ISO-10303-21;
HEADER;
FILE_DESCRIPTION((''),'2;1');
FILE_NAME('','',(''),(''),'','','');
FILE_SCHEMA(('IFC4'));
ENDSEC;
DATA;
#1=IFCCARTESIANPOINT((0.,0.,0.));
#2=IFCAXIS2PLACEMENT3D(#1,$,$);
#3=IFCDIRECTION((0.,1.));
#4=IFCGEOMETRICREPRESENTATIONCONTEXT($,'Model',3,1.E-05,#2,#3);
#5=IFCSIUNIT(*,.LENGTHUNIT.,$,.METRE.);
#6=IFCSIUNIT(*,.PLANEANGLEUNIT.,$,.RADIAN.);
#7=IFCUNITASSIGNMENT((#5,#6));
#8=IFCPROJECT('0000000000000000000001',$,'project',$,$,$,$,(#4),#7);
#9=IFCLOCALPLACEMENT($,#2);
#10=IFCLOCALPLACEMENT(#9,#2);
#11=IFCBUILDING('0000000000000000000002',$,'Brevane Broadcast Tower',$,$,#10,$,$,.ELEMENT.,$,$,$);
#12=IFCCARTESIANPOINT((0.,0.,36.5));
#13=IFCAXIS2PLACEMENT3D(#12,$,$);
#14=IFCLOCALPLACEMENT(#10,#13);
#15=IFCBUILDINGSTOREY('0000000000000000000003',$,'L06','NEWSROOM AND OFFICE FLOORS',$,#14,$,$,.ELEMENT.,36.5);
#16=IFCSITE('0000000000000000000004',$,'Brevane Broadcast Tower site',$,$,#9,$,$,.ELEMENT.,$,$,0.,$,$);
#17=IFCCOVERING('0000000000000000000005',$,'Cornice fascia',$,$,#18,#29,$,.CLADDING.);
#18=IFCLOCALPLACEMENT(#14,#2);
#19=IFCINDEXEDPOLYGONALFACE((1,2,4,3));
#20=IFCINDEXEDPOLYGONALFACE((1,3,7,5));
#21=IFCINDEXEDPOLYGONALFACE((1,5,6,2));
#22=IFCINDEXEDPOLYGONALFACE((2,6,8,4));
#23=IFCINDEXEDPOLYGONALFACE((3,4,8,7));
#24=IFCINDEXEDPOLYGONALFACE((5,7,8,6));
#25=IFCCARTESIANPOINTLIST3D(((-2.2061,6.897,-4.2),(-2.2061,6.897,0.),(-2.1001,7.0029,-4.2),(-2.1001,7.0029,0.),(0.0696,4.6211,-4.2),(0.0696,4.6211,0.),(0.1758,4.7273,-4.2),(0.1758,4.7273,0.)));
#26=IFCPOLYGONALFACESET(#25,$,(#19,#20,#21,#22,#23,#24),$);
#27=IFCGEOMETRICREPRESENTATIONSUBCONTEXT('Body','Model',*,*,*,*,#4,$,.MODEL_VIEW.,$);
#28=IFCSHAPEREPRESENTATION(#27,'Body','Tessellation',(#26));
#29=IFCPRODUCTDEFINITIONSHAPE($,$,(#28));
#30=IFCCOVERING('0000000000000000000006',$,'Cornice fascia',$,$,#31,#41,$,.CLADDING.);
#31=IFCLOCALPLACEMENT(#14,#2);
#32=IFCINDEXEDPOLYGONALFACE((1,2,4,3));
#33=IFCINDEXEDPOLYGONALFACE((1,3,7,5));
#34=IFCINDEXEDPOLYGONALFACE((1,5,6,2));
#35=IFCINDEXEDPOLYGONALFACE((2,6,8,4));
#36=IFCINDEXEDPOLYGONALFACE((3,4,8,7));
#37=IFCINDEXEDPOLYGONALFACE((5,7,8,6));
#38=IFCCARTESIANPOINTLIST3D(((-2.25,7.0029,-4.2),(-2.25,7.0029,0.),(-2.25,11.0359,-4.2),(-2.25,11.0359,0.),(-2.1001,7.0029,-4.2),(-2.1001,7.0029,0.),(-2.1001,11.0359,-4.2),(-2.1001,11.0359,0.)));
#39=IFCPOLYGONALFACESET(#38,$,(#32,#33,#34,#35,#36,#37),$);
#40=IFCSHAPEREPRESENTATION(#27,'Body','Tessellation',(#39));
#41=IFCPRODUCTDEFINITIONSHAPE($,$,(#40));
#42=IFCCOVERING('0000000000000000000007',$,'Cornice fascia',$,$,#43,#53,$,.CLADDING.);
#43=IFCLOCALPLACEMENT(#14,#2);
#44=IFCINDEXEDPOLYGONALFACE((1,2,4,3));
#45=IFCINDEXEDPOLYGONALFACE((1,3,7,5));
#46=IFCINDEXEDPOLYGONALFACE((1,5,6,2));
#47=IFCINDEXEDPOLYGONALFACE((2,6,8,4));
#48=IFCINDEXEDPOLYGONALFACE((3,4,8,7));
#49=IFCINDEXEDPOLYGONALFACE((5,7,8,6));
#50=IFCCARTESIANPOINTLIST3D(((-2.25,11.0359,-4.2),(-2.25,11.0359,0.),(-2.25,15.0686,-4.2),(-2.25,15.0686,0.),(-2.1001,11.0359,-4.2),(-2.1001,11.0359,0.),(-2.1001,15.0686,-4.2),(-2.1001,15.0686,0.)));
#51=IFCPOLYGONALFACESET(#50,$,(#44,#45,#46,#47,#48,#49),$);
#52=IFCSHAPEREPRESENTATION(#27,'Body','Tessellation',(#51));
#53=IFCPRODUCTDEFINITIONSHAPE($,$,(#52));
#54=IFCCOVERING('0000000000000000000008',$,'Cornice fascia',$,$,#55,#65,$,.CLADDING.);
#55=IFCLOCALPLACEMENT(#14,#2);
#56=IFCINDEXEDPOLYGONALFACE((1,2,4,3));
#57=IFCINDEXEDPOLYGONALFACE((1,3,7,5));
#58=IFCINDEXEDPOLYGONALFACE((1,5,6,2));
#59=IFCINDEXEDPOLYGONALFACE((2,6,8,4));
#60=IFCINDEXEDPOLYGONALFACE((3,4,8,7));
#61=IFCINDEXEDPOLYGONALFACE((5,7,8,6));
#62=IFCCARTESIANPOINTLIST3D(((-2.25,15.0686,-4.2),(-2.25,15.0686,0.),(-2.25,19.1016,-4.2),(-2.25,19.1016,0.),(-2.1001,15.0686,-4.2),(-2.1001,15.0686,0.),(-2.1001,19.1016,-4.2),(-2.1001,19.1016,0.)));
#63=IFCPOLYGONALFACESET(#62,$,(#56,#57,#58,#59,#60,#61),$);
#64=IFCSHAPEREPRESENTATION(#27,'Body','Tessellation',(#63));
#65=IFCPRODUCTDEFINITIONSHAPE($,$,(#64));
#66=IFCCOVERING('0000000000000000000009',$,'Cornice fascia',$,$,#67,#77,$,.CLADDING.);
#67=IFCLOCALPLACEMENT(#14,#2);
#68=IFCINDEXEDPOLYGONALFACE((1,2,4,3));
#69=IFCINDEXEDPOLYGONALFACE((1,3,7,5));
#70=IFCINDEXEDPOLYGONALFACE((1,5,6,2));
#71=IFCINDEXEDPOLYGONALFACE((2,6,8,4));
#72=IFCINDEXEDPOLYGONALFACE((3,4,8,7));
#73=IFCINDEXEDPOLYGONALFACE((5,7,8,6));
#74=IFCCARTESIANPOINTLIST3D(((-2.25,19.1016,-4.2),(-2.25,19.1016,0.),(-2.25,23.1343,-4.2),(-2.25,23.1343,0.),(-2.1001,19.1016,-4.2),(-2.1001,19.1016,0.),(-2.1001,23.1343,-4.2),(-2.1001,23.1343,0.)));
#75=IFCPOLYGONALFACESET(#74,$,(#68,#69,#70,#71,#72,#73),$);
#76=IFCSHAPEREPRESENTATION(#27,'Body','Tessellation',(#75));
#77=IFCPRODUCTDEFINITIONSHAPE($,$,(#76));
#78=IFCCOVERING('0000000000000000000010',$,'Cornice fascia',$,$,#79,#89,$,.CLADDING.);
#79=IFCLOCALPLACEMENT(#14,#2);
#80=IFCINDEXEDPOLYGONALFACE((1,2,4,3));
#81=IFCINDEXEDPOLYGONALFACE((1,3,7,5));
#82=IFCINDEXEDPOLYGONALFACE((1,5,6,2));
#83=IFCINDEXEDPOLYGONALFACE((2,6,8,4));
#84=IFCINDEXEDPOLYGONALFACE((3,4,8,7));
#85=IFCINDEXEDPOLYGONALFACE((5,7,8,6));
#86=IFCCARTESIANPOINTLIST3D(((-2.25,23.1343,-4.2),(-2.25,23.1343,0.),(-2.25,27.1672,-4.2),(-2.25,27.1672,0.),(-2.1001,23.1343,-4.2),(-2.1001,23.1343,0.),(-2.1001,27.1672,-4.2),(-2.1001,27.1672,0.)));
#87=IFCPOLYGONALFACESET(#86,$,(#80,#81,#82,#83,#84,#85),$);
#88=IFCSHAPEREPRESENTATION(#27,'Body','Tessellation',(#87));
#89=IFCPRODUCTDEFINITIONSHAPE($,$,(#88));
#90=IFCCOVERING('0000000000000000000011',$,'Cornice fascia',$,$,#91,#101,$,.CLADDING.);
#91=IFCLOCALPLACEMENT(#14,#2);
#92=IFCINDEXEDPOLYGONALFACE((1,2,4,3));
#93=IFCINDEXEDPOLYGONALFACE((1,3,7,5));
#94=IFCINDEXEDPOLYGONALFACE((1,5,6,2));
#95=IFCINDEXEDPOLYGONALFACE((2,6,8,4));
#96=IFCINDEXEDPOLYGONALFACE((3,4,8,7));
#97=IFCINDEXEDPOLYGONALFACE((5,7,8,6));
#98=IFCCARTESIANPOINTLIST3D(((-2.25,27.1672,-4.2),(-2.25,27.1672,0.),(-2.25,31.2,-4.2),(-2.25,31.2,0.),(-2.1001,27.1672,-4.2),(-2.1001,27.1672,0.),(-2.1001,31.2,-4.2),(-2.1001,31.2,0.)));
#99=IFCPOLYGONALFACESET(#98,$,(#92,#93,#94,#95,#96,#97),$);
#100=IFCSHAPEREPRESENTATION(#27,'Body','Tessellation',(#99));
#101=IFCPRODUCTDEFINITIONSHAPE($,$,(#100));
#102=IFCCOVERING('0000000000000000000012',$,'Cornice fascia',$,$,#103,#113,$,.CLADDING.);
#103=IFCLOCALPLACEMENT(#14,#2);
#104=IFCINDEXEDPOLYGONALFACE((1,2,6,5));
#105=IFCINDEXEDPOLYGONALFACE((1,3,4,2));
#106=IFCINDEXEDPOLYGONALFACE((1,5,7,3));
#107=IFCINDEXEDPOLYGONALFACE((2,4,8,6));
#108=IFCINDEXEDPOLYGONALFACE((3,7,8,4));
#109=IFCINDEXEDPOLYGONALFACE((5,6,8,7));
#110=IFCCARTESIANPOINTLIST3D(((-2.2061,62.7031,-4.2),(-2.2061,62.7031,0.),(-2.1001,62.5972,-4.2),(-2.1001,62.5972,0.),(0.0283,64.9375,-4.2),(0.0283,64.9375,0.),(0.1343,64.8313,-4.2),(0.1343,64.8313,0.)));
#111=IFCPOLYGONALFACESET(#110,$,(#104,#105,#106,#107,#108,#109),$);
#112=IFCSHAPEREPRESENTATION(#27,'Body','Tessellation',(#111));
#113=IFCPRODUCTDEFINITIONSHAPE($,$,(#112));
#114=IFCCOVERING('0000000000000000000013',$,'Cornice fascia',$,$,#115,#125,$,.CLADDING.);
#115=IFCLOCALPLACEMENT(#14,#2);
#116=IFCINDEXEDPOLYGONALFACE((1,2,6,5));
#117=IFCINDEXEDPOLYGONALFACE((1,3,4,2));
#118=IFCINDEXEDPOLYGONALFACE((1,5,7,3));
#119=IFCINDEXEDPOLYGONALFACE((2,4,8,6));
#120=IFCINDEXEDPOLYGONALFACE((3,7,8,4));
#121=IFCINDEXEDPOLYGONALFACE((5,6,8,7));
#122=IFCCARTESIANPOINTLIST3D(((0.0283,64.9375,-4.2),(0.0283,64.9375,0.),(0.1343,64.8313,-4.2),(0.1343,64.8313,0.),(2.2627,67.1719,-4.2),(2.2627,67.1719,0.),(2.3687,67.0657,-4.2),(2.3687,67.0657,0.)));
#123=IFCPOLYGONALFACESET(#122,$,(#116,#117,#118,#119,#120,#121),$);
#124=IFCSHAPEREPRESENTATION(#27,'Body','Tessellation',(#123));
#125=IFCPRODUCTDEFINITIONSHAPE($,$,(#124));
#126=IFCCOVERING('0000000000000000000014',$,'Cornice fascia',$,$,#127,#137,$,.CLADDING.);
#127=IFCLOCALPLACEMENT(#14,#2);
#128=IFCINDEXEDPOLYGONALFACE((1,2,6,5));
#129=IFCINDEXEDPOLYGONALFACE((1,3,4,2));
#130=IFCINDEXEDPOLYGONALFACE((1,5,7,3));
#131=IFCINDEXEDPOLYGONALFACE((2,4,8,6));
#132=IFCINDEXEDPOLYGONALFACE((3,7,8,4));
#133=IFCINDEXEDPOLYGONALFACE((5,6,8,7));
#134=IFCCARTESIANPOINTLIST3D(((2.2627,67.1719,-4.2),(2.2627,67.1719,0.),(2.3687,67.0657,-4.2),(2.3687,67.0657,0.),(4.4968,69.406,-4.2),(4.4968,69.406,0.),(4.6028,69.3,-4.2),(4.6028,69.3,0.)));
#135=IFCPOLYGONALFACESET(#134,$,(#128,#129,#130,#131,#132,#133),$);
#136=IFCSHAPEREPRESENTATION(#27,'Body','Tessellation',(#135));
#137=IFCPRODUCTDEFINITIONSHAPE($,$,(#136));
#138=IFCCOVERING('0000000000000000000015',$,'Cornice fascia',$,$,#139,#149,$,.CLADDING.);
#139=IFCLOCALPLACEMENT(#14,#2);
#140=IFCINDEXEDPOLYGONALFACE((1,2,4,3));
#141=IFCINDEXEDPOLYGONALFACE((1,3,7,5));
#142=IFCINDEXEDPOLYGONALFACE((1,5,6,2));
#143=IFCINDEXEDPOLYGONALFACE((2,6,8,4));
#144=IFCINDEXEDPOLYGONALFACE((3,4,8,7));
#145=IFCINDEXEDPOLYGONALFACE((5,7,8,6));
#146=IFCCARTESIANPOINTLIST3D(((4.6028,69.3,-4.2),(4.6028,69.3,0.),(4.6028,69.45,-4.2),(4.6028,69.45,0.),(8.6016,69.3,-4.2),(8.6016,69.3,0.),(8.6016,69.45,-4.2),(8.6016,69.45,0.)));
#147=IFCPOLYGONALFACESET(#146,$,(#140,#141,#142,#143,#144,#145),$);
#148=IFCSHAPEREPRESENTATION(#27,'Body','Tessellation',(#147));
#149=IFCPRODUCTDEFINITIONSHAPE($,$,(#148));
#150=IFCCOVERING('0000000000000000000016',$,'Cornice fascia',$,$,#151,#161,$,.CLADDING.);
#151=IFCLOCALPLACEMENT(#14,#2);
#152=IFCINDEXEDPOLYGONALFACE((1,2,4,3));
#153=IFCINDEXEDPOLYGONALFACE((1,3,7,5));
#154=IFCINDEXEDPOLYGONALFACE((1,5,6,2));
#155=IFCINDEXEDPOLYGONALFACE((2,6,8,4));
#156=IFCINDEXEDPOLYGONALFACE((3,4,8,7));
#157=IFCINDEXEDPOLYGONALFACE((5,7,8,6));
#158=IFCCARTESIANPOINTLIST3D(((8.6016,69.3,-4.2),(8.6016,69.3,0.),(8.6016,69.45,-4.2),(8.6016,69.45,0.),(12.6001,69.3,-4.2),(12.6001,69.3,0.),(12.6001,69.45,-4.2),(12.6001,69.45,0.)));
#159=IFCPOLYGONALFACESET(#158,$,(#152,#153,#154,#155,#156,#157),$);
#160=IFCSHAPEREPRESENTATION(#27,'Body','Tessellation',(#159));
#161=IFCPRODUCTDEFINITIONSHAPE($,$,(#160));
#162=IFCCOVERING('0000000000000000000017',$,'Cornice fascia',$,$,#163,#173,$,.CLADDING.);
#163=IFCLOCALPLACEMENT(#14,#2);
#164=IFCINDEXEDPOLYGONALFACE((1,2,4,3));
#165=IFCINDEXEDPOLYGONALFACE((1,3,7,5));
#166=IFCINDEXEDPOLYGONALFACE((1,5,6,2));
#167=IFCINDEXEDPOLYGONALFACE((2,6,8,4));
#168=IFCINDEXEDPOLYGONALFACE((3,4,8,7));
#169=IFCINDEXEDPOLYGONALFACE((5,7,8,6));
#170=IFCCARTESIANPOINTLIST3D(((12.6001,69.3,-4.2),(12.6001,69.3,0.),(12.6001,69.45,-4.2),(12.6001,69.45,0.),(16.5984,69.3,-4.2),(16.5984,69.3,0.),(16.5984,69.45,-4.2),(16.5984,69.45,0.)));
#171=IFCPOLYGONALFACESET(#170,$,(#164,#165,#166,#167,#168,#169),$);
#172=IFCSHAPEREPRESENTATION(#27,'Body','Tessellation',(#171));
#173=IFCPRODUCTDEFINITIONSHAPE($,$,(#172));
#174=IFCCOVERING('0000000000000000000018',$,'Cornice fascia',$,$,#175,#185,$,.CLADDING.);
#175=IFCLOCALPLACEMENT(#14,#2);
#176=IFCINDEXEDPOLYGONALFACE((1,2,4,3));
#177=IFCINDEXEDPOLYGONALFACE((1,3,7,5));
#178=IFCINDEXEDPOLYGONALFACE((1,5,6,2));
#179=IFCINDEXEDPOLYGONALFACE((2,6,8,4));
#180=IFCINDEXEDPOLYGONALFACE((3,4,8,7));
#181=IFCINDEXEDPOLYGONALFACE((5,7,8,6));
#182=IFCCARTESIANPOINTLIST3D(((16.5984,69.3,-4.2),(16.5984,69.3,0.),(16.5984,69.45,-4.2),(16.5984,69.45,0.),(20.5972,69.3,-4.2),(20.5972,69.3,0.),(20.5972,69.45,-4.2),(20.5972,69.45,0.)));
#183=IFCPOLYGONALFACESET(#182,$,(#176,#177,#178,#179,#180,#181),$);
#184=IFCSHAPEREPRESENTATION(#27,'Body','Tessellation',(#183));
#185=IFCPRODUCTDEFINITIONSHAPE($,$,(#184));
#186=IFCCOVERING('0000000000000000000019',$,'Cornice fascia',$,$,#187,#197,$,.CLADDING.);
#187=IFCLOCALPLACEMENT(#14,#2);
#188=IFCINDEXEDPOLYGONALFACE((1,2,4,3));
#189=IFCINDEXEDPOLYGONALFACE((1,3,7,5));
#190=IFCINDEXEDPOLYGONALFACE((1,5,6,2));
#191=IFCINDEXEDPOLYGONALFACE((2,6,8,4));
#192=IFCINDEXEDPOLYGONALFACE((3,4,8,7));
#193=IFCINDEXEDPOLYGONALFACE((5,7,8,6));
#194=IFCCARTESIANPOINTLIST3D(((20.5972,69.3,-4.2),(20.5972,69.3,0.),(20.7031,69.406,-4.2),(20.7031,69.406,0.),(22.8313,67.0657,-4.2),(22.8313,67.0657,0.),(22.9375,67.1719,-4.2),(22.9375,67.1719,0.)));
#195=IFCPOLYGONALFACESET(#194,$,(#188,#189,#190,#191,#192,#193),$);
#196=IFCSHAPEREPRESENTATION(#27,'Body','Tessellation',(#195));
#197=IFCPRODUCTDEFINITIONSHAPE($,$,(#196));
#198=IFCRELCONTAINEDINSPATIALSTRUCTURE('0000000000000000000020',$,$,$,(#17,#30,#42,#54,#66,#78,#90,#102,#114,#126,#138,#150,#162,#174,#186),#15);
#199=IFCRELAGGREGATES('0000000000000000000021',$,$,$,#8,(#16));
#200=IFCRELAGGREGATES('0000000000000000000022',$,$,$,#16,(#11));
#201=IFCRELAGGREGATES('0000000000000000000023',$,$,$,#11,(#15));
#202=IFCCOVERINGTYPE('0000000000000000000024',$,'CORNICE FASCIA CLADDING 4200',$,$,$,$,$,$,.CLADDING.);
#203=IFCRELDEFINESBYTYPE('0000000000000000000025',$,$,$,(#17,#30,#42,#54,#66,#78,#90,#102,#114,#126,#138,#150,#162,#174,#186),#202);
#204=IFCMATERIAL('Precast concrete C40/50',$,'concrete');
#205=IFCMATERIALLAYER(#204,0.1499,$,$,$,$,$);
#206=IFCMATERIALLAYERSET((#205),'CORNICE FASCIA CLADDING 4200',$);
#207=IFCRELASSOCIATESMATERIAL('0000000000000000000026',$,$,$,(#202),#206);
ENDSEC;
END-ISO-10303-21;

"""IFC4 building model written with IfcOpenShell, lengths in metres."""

from ifc_helpers import new_model, si_unit, direction, frame, origin, place, context, subcontext, project, spatial, polyline, outline, extrude, material, layer, layer_set, type_object, element, save


model = new_model("IFC4")

# Units and contexts
model_context = context("Model", 3, precision=1e-05, world=origin(), true_north=direction((0.0, 1.0)))
body_context = subcontext(model_context, "Body", "Model", "MODEL_VIEW")
ifc_project = project(units=[si_unit("LENGTHUNIT", "METRE"), si_unit("PLANEANGLEUNIT", "RADIAN")], contexts=[model_context])

# Site, building, storey
site_placement = place(None, origin())
site = spatial("IfcSite", under=ifc_project, at=site_placement, Name="Brevane Broadcast Tower site", CompositionType="ELEMENT", RefElevation=0.0)
building_placement = place(site_placement, origin())
building = spatial("IfcBuilding", under=site, at=building_placement, Name="Brevane Broadcast Tower", CompositionType="ELEMENT")
storey_placement = place(building_placement, frame((0.0, 0.0, 36.5)))
storey = spatial("IfcBuildingStorey", under=building, at=storey_placement, Name="L06", Description="NEWSROOM AND OFFICE FLOORS", CompositionType="ELEMENT", Elevation=36.5)

# Coverings
ifc_material = material(Name="Precast concrete C40/50", Category="concrete")
ifc_layer = layer(ifc_material, 0.1499)
ifc_layer_set = layer_set([ifc_layer], Name="CORNICE FASCIA CLADDING 4200")
covering_type = type_object("IfcCoveringType", Name="CORNICE FASCIA CLADDING 4200", PredefinedType="CLADDING", material=ifc_layer_set)
covering_1_placement = place(storey_placement, frame((0.0, 0.0, -4.2)))
element("IfcCovering", 1, at=covering_1_placement, inside=storey, type_object=covering_type, Name="Cornice fascia", PredefinedType="CLADDING", context=body_context, shape_type="SweptSolid", body=[
    extrude(outline(polyline([(0.1758, 4.7273), (-2.1001, 7.0029), (-2.2061, 6.897), (0.0696, 4.6211), (0.1758, 4.7273)])), origin(), (0.0, 0.0, 1.0), 4.2),
])
covering_2_placement = place(storey_placement, frame((0.0, 0.0, -4.2)))
element("IfcCovering", 2, at=covering_2_placement, inside=storey, type_object=covering_type, Name="Cornice fascia", PredefinedType="CLADDING", context=body_context, shape_type="SweptSolid", body=[
    extrude(outline(polyline([(-2.1001, 7.0029), (-2.1001, 11.0359), (-2.25, 11.0359), (-2.25, 7.0029), (-2.1001, 7.0029)])), origin(), (0.0, 0.0, 1.0), 4.2),
])
covering_3_placement = place(storey_placement, frame((0.0, 0.0, -4.2)))
element("IfcCovering", 3, at=covering_3_placement, inside=storey, type_object=covering_type, Name="Cornice fascia", PredefinedType="CLADDING", context=body_context, shape_type="SweptSolid", body=[
    extrude(outline(polyline([(-2.1001, 11.0359), (-2.1001, 15.0686), (-2.25, 15.0686), (-2.25, 11.0359), (-2.1001, 11.0359)])), origin(), (0.0, 0.0, 1.0), 4.2),
])
covering_4_placement = place(storey_placement, frame((0.0, 0.0, -4.2)))
element("IfcCovering", 4, at=covering_4_placement, inside=storey, type_object=covering_type, Name="Cornice fascia", PredefinedType="CLADDING", context=body_context, shape_type="SweptSolid", body=[
    extrude(outline(polyline([(-2.1001, 15.0686), (-2.1001, 19.1016), (-2.25, 19.1016), (-2.25, 15.0686), (-2.1001, 15.0686)])), origin(), (0.0, 0.0, 1.0), 4.2),
])
covering_5_placement = place(storey_placement, frame((0.0, 0.0, -4.2)))
element("IfcCovering", 5, at=covering_5_placement, inside=storey, type_object=covering_type, Name="Cornice fascia", PredefinedType="CLADDING", context=body_context, shape_type="SweptSolid", body=[
    extrude(outline(polyline([(-2.1001, 19.1016), (-2.1001, 23.1343), (-2.25, 23.1343), (-2.25, 19.1016), (-2.1001, 19.1016)])), origin(), (0.0, 0.0, 1.0), 4.2),
])
covering_6_placement = place(storey_placement, frame((0.0, 0.0, -4.2)))
element("IfcCovering", 6, at=covering_6_placement, inside=storey, type_object=covering_type, Name="Cornice fascia", PredefinedType="CLADDING", context=body_context, shape_type="SweptSolid", body=[
    extrude(outline(polyline([(-2.1001, 23.1343), (-2.1001, 27.1672), (-2.25, 27.1672), (-2.25, 23.1343), (-2.1001, 23.1343)])), origin(), (0.0, 0.0, 1.0), 4.2),
])
covering_7_placement = place(storey_placement, frame((0.0, 0.0, -4.2)))
element("IfcCovering", 7, at=covering_7_placement, inside=storey, type_object=covering_type, Name="Cornice fascia", PredefinedType="CLADDING", context=body_context, shape_type="SweptSolid", body=[
    extrude(outline(polyline([(-2.1001, 27.1672), (-2.1001, 31.2), (-2.25, 31.2), (-2.25, 27.1672), (-2.1001, 27.1672)])), origin(), (0.0, 0.0, 1.0), 4.2),
])
covering_8_placement = place(storey_placement, frame((0.0, 0.0, -4.2)))
element("IfcCovering", 8, at=covering_8_placement, inside=storey, type_object=covering_type, Name="Cornice fascia", PredefinedType="CLADDING", context=body_context, shape_type="SweptSolid", body=[
    extrude(outline(polyline([(-2.1001, 62.5972), (0.1343, 64.8313), (0.0283, 64.9375), (-2.2061, 62.7031), (-2.1001, 62.5972)])), origin(), (0.0, 0.0, 1.0), 4.2),
])
covering_9_placement = place(storey_placement, frame((0.0, 0.0, -4.2)))
element("IfcCovering", 9, at=covering_9_placement, inside=storey, type_object=covering_type, Name="Cornice fascia", PredefinedType="CLADDING", context=body_context, shape_type="SweptSolid", body=[
    extrude(outline(polyline([(0.1343, 64.8313), (2.3687, 67.0657), (2.2627, 67.1719), (0.0283, 64.9375), (0.1343, 64.8313)])), origin(), (0.0, 0.0, 1.0), 4.2),
])
covering_10_placement = place(storey_placement, frame((0.0, 0.0, -4.2)))
element("IfcCovering", 10, at=covering_10_placement, inside=storey, type_object=covering_type, Name="Cornice fascia", PredefinedType="CLADDING", context=body_context, shape_type="SweptSolid", body=[
    extrude(outline(polyline([(2.3687, 67.0657), (4.6028, 69.3), (4.4968, 69.406), (2.2627, 67.1719), (2.3687, 67.0657)])), origin(), (0.0, 0.0, 1.0), 4.2),
])
covering_11_placement = place(storey_placement, frame((0.0, 0.0, -4.2)))
element("IfcCovering", 11, at=covering_11_placement, inside=storey, type_object=covering_type, Name="Cornice fascia", PredefinedType="CLADDING", context=body_context, shape_type="SweptSolid", body=[
    extrude(outline(polyline([(4.6028, 69.3), (8.6016, 69.3), (8.6016, 69.45), (4.6028, 69.45), (4.6028, 69.3)])), origin(), (0.0, 0.0, 1.0), 4.2),
])
covering_12_placement = place(storey_placement, frame((0.0, 0.0, -4.2)))
element("IfcCovering", 12, at=covering_12_placement, inside=storey, type_object=covering_type, Name="Cornice fascia", PredefinedType="CLADDING", context=body_context, shape_type="SweptSolid", body=[
    extrude(outline(polyline([(8.6016, 69.3), (12.6001, 69.3), (12.6001, 69.45), (8.6016, 69.45), (8.6016, 69.3)])), origin(), (0.0, 0.0, 1.0), 4.2),
])
covering_13_placement = place(storey_placement, frame((0.0, 0.0, -4.2)))
element("IfcCovering", 13, at=covering_13_placement, inside=storey, type_object=covering_type, Name="Cornice fascia", PredefinedType="CLADDING", context=body_context, shape_type="SweptSolid", body=[
    extrude(outline(polyline([(12.6001, 69.3), (16.5984, 69.3), (16.5984, 69.45), (12.6001, 69.45), (12.6001, 69.3)])), origin(), (0.0, 0.0, 1.0), 4.2),
])
covering_14_placement = place(storey_placement, frame((0.0, 0.0, -4.2)))
element("IfcCovering", 14, at=covering_14_placement, inside=storey, type_object=covering_type, Name="Cornice fascia", PredefinedType="CLADDING", context=body_context, shape_type="SweptSolid", body=[
    extrude(outline(polyline([(16.5984, 69.3), (20.5972, 69.3), (20.5972, 69.45), (16.5984, 69.45), (16.5984, 69.3)])), origin(), (0.0, 0.0, 1.0), 4.2),
])
covering_15_placement = place(storey_placement, frame((0.0, 0.0, -4.2)))
element("IfcCovering", 15, at=covering_15_placement, inside=storey, type_object=covering_type, Name="Cornice fascia", PredefinedType="CLADDING", context=body_context, shape_type="SweptSolid", body=[
    extrude(outline(polyline([(20.5972, 69.3), (22.8313, 67.0657), (22.9375, 67.1719), (20.7031, 69.406), (20.5972, 69.3)])), origin(), (0.0, 0.0, 1.0), 4.2),
])

save(model, "model.ifc")
